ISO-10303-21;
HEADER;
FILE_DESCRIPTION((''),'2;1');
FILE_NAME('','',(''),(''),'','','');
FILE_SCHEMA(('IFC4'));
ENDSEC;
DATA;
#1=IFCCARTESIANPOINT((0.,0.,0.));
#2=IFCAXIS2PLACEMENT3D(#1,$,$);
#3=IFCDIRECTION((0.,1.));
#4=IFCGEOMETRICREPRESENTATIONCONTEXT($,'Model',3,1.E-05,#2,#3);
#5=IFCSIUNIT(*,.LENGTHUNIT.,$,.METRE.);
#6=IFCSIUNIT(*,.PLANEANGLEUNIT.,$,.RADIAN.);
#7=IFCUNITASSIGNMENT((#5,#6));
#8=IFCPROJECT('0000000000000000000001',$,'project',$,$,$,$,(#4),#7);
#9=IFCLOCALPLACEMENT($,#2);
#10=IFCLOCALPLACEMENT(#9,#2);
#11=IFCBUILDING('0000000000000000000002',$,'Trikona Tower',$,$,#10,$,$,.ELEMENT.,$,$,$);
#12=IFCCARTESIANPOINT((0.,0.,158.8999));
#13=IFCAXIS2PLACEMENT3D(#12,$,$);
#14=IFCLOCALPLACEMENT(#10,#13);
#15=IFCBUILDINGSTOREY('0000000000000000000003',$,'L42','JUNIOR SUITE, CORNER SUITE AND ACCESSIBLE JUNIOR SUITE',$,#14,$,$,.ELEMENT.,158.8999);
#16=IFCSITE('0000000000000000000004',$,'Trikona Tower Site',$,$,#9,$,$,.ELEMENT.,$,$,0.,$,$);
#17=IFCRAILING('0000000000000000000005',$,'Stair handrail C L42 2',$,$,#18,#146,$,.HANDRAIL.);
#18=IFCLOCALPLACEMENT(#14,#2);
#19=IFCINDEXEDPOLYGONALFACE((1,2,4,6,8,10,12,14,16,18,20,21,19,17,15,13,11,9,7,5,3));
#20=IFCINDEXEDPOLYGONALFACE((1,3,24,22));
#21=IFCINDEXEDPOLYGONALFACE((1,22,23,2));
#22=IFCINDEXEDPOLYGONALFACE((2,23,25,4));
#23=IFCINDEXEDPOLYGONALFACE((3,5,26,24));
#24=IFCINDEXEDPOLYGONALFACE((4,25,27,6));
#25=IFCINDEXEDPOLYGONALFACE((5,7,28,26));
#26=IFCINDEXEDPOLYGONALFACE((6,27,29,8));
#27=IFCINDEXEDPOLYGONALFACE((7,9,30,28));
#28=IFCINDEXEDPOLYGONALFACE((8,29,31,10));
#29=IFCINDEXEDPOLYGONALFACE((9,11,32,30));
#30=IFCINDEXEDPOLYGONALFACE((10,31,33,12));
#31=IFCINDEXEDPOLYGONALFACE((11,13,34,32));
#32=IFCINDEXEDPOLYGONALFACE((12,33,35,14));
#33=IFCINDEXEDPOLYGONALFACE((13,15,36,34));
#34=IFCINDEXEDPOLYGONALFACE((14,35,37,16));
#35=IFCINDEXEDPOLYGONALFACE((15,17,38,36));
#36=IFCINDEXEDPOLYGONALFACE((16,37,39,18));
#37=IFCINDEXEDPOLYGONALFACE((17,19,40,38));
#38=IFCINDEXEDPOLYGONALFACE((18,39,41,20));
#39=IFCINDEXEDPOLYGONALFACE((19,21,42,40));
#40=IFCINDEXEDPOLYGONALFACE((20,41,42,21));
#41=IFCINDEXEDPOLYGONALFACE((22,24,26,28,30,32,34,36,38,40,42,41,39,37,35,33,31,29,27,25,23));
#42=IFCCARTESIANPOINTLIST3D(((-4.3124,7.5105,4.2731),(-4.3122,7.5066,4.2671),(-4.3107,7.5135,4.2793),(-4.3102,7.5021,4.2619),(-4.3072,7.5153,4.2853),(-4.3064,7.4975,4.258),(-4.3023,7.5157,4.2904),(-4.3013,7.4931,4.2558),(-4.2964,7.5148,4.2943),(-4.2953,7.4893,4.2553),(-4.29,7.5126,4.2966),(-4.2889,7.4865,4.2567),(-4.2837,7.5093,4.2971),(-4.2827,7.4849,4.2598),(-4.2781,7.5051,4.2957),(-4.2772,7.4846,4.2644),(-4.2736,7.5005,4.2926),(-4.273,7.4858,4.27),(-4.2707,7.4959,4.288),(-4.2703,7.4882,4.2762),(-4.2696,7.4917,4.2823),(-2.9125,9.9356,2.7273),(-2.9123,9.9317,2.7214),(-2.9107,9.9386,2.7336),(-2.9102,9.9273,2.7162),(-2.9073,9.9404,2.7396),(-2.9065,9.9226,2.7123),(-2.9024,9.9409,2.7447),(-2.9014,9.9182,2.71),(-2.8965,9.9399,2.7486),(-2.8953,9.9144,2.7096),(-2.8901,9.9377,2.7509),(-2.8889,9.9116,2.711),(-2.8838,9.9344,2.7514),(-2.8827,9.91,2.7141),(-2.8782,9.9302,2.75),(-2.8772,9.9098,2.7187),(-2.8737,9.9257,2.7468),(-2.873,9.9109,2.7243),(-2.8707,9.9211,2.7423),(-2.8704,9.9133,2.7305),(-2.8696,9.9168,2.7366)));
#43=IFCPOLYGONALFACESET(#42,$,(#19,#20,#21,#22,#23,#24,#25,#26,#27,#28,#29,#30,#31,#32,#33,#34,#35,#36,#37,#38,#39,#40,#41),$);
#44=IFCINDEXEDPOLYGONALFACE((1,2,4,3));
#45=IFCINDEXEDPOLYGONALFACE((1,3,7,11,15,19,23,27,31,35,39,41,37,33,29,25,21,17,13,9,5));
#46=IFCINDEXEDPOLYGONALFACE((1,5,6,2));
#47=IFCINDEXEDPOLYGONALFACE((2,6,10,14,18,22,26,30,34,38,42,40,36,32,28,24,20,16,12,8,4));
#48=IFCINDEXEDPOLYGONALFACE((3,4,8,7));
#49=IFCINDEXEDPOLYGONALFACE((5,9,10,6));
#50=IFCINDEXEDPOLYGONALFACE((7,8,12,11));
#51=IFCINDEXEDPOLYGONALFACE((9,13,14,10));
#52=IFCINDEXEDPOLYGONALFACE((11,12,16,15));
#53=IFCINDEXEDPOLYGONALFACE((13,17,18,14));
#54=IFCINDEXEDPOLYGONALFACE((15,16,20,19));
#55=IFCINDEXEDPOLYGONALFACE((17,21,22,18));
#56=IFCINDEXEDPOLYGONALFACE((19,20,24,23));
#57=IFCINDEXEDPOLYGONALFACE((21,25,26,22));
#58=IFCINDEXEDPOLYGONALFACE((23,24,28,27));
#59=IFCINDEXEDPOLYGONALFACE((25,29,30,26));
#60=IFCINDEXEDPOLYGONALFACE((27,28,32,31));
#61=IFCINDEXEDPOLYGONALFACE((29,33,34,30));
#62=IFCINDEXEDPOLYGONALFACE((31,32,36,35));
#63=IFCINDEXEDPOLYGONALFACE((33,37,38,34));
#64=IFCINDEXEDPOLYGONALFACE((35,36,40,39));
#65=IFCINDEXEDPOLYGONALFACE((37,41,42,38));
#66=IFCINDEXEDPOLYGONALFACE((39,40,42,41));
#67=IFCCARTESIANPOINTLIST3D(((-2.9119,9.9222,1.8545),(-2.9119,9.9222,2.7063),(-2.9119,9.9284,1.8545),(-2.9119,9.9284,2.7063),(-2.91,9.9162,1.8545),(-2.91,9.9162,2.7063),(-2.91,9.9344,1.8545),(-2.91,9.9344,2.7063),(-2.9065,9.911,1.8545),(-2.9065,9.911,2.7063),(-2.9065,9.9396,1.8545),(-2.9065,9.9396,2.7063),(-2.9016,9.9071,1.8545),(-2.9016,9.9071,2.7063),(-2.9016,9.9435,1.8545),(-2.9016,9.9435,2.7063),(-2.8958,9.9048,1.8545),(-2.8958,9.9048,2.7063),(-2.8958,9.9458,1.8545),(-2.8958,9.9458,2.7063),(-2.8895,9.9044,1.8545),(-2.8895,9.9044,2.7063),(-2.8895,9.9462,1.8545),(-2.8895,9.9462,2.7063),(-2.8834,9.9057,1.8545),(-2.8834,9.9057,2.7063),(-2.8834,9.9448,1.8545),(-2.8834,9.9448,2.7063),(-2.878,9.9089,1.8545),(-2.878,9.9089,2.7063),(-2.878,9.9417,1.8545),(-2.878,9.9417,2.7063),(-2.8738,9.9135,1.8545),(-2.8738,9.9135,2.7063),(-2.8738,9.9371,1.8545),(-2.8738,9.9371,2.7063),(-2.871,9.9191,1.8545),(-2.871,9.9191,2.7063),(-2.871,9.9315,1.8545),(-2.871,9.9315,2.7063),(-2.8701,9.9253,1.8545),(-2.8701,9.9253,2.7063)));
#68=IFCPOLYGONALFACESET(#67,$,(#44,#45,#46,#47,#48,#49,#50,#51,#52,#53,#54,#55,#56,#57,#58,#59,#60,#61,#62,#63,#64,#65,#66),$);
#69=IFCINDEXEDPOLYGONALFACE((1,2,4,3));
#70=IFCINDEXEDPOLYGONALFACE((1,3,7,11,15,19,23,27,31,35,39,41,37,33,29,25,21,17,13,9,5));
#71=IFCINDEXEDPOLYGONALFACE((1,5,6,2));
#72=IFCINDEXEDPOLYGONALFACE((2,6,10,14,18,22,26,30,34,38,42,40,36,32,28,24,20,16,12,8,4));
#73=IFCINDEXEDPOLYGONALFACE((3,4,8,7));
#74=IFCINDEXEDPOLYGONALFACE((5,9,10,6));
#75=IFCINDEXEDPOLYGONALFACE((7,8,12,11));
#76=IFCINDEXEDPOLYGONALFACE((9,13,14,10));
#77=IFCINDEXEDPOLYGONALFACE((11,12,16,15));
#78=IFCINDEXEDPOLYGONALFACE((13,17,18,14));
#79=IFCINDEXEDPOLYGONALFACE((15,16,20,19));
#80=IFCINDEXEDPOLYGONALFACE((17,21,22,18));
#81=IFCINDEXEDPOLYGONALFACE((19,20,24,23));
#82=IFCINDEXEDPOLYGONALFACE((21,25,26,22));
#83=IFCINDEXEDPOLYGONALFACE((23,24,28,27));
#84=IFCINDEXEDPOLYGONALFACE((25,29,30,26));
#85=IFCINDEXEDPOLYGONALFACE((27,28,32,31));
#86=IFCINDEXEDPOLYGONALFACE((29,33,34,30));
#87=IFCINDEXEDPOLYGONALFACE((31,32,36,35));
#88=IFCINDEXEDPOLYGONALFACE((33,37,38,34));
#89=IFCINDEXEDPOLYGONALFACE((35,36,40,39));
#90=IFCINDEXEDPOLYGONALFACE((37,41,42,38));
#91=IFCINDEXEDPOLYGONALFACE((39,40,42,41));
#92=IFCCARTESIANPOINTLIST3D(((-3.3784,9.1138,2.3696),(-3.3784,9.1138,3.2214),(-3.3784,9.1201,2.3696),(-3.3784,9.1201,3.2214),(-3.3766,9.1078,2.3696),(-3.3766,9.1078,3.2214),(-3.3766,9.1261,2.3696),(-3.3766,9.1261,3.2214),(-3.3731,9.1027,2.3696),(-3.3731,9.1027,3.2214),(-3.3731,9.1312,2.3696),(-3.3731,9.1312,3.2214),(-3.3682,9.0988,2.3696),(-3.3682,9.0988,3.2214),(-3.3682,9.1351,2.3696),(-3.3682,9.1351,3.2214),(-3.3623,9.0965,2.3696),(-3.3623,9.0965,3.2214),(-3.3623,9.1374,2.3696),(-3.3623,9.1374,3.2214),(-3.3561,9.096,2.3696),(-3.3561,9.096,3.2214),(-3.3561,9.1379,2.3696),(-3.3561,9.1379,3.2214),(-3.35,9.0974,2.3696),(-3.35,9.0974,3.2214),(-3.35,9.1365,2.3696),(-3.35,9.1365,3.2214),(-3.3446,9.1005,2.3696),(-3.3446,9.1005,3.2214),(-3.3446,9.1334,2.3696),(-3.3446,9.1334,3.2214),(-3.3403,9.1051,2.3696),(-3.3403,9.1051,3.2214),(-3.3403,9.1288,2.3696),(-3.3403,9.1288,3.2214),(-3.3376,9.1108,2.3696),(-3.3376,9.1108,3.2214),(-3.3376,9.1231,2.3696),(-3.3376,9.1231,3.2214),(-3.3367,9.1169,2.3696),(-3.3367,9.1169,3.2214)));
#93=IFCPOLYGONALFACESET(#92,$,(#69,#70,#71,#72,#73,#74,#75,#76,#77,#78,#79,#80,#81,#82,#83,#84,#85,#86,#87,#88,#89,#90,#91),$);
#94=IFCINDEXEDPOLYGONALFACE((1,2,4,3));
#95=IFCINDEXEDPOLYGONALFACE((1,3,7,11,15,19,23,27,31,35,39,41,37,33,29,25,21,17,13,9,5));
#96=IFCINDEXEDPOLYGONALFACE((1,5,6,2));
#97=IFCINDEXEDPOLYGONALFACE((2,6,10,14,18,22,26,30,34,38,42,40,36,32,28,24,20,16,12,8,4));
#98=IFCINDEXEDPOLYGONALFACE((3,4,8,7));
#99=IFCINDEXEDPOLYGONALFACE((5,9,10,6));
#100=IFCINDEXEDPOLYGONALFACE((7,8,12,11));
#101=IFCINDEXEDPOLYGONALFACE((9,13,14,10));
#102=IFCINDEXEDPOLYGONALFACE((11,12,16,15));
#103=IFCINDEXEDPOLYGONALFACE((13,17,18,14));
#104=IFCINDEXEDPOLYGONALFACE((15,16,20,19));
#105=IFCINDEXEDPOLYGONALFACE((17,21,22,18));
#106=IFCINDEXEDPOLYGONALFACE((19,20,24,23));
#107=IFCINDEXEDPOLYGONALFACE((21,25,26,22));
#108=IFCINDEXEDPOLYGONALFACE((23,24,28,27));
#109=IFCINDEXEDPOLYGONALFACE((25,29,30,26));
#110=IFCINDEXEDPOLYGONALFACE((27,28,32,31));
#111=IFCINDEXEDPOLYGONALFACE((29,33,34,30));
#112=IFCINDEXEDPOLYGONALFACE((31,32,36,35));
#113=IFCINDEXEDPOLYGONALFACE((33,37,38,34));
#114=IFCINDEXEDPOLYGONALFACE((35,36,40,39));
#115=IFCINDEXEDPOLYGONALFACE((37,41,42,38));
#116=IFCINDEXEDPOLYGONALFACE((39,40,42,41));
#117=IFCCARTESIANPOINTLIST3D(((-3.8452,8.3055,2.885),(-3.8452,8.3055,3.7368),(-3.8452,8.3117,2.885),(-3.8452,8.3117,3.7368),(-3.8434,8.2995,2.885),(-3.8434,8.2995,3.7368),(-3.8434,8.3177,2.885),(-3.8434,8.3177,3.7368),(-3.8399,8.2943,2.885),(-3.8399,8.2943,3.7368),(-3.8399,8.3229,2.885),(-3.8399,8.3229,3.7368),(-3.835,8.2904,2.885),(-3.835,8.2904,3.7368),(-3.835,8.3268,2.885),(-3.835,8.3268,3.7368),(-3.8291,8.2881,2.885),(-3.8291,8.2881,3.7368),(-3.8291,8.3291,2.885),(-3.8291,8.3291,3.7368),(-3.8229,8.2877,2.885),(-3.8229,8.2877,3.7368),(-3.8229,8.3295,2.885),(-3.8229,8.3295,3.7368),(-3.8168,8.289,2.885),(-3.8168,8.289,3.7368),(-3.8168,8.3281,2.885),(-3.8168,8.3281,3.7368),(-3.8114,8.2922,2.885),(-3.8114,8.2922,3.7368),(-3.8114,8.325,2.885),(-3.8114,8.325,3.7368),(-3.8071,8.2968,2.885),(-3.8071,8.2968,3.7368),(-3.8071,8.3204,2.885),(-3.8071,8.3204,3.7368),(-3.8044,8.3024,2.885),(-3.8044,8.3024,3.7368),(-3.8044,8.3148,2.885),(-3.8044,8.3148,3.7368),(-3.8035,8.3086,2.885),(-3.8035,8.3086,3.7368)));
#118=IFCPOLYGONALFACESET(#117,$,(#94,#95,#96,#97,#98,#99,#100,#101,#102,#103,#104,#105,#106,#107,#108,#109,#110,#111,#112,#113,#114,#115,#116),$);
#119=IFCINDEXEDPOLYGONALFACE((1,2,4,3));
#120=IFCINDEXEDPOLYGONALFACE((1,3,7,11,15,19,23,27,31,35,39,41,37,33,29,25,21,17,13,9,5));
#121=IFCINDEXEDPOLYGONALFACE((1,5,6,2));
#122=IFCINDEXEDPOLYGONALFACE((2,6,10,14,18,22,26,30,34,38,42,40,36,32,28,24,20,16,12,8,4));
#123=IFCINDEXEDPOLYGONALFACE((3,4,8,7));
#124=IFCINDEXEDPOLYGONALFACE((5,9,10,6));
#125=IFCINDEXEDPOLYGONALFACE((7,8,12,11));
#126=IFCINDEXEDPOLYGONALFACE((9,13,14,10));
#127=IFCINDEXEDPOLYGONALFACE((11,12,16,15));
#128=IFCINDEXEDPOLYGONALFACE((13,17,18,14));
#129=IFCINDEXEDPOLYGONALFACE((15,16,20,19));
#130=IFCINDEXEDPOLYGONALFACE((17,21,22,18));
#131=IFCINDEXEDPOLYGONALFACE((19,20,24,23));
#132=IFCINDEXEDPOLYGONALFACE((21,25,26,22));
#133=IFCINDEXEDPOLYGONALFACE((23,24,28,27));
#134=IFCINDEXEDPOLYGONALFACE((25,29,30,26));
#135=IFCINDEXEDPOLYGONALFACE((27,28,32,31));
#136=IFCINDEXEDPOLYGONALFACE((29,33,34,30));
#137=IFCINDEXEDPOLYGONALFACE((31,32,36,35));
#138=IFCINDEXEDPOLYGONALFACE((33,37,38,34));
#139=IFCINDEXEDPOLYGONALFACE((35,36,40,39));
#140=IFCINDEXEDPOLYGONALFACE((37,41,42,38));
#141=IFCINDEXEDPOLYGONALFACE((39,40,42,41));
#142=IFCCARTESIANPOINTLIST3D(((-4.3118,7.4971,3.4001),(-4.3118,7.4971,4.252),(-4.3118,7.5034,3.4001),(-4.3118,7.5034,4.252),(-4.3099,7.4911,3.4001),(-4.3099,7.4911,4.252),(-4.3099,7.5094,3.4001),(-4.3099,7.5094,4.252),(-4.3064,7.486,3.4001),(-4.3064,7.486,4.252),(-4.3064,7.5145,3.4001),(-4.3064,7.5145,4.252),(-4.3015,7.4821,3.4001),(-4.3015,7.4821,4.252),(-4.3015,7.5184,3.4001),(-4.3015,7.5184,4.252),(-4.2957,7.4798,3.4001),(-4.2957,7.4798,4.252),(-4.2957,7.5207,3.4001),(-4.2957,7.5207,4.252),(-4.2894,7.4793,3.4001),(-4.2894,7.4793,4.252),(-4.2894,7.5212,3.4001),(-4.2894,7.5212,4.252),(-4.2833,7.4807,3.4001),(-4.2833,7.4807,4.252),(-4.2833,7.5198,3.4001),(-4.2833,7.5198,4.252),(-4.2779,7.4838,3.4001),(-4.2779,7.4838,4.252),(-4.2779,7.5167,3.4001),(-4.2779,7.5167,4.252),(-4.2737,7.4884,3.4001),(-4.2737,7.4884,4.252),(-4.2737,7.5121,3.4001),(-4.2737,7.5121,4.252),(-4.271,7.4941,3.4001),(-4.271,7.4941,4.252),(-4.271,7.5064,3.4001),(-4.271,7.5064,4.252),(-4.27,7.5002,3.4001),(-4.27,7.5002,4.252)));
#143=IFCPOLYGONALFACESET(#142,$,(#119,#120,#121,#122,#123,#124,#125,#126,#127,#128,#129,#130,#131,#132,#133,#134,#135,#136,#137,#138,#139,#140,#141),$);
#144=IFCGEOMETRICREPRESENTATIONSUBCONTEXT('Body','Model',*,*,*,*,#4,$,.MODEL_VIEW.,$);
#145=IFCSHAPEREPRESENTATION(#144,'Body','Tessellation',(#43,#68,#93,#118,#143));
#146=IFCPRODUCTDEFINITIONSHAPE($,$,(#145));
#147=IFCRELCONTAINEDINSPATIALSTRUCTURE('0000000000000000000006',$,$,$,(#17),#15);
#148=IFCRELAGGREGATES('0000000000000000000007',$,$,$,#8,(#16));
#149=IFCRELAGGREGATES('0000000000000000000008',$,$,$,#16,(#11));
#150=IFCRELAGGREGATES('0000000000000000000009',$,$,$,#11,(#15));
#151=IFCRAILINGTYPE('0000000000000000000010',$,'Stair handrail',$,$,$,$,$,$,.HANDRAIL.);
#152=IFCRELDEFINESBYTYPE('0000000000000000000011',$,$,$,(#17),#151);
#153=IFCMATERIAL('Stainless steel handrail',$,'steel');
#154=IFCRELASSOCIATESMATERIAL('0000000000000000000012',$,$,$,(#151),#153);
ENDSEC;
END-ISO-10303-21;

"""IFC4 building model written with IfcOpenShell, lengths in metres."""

from ifc_helpers import new_model, si_unit, direction, frame, origin, origin_2d, place, context, subcontext, project, spatial, circle, extrude, material, type_object, element, save


model = new_model("IFC4")

# Units and contexts
model_context = context("Model", 3, precision=1e-05, world=origin(), true_north=direction((0.0, 1.0)))
body_context = subcontext(model_context, "Body", "Model", "MODEL_VIEW")
ifc_project = project(units=[si_unit("LENGTHUNIT", "METRE"), si_unit("PLANEANGLEUNIT", "RADIAN")], contexts=[model_context])

# Site, building, storey
site_placement = place(None, origin())
site = spatial("IfcSite", under=ifc_project, at=site_placement, Name="Trikona Tower Site", CompositionType="ELEMENT", RefElevation=0.0)
building_placement = place(site_placement, origin())
building = spatial("IfcBuilding", under=site, at=building_placement, Name="Trikona Tower", CompositionType="ELEMENT")
storey_placement = place(building_placement, frame((0.0, 0.0, 158.8999)))
storey = spatial("IfcBuildingStorey", under=building, at=storey_placement, Name="L42", Description="JUNIOR SUITE, CORNER SUITE AND ACCESSIBLE JUNIOR SUITE", CompositionType="ELEMENT", Elevation=158.8999)

# Railing
ifc_material_1 = material(Name="Stainless steel handrail", Category="steel")
railing_type = type_object("IfcRailingType", Name="Stair handrail", PredefinedType="HANDRAIL", material=ifc_material_1)
railing_1_placement = place(storey_placement, frame((-2.8911, 9.9253, 1.8545)))
element("IfcRailing", 1, at=railing_1_placement, inside=storey, type_object=railing_type, Name="Stair handrail C L42 2", PredefinedType="HANDRAIL", context=body_context, shape_type="SweptSolid", body=[
    extrude(circle(Radius=0.0239, at=origin_2d()), frame((0.0, 0.0, 0.876), z_axis=(-0.437691, -0.758212, 0.483262), x_axis=(0.866056, -0.499946, 0.0)), (0.0, 0.0, 1.0), 3.1985),
    extrude(circle(Radius=0.021, at=origin_2d()), origin(), (0.0, 0.0, 1.0), 0.8518),
    extrude(circle(Radius=0.021, at=origin_2d()), frame((-0.4666, -0.8083, 0.5151)), (0.0, 0.0, 1.0), 0.8518),
    extrude(circle(Radius=0.021, at=origin_2d()), frame((-0.9333, -1.6167, 1.0305)), (0.0, 0.0, 1.0), 0.8518),
    extrude(circle(Radius=0.021, at=origin_2d()), frame((-1.3999, -2.425, 1.5457)), (0.0, 0.0, 1.0), 0.8518),
])

save(model, "model.ifc")
